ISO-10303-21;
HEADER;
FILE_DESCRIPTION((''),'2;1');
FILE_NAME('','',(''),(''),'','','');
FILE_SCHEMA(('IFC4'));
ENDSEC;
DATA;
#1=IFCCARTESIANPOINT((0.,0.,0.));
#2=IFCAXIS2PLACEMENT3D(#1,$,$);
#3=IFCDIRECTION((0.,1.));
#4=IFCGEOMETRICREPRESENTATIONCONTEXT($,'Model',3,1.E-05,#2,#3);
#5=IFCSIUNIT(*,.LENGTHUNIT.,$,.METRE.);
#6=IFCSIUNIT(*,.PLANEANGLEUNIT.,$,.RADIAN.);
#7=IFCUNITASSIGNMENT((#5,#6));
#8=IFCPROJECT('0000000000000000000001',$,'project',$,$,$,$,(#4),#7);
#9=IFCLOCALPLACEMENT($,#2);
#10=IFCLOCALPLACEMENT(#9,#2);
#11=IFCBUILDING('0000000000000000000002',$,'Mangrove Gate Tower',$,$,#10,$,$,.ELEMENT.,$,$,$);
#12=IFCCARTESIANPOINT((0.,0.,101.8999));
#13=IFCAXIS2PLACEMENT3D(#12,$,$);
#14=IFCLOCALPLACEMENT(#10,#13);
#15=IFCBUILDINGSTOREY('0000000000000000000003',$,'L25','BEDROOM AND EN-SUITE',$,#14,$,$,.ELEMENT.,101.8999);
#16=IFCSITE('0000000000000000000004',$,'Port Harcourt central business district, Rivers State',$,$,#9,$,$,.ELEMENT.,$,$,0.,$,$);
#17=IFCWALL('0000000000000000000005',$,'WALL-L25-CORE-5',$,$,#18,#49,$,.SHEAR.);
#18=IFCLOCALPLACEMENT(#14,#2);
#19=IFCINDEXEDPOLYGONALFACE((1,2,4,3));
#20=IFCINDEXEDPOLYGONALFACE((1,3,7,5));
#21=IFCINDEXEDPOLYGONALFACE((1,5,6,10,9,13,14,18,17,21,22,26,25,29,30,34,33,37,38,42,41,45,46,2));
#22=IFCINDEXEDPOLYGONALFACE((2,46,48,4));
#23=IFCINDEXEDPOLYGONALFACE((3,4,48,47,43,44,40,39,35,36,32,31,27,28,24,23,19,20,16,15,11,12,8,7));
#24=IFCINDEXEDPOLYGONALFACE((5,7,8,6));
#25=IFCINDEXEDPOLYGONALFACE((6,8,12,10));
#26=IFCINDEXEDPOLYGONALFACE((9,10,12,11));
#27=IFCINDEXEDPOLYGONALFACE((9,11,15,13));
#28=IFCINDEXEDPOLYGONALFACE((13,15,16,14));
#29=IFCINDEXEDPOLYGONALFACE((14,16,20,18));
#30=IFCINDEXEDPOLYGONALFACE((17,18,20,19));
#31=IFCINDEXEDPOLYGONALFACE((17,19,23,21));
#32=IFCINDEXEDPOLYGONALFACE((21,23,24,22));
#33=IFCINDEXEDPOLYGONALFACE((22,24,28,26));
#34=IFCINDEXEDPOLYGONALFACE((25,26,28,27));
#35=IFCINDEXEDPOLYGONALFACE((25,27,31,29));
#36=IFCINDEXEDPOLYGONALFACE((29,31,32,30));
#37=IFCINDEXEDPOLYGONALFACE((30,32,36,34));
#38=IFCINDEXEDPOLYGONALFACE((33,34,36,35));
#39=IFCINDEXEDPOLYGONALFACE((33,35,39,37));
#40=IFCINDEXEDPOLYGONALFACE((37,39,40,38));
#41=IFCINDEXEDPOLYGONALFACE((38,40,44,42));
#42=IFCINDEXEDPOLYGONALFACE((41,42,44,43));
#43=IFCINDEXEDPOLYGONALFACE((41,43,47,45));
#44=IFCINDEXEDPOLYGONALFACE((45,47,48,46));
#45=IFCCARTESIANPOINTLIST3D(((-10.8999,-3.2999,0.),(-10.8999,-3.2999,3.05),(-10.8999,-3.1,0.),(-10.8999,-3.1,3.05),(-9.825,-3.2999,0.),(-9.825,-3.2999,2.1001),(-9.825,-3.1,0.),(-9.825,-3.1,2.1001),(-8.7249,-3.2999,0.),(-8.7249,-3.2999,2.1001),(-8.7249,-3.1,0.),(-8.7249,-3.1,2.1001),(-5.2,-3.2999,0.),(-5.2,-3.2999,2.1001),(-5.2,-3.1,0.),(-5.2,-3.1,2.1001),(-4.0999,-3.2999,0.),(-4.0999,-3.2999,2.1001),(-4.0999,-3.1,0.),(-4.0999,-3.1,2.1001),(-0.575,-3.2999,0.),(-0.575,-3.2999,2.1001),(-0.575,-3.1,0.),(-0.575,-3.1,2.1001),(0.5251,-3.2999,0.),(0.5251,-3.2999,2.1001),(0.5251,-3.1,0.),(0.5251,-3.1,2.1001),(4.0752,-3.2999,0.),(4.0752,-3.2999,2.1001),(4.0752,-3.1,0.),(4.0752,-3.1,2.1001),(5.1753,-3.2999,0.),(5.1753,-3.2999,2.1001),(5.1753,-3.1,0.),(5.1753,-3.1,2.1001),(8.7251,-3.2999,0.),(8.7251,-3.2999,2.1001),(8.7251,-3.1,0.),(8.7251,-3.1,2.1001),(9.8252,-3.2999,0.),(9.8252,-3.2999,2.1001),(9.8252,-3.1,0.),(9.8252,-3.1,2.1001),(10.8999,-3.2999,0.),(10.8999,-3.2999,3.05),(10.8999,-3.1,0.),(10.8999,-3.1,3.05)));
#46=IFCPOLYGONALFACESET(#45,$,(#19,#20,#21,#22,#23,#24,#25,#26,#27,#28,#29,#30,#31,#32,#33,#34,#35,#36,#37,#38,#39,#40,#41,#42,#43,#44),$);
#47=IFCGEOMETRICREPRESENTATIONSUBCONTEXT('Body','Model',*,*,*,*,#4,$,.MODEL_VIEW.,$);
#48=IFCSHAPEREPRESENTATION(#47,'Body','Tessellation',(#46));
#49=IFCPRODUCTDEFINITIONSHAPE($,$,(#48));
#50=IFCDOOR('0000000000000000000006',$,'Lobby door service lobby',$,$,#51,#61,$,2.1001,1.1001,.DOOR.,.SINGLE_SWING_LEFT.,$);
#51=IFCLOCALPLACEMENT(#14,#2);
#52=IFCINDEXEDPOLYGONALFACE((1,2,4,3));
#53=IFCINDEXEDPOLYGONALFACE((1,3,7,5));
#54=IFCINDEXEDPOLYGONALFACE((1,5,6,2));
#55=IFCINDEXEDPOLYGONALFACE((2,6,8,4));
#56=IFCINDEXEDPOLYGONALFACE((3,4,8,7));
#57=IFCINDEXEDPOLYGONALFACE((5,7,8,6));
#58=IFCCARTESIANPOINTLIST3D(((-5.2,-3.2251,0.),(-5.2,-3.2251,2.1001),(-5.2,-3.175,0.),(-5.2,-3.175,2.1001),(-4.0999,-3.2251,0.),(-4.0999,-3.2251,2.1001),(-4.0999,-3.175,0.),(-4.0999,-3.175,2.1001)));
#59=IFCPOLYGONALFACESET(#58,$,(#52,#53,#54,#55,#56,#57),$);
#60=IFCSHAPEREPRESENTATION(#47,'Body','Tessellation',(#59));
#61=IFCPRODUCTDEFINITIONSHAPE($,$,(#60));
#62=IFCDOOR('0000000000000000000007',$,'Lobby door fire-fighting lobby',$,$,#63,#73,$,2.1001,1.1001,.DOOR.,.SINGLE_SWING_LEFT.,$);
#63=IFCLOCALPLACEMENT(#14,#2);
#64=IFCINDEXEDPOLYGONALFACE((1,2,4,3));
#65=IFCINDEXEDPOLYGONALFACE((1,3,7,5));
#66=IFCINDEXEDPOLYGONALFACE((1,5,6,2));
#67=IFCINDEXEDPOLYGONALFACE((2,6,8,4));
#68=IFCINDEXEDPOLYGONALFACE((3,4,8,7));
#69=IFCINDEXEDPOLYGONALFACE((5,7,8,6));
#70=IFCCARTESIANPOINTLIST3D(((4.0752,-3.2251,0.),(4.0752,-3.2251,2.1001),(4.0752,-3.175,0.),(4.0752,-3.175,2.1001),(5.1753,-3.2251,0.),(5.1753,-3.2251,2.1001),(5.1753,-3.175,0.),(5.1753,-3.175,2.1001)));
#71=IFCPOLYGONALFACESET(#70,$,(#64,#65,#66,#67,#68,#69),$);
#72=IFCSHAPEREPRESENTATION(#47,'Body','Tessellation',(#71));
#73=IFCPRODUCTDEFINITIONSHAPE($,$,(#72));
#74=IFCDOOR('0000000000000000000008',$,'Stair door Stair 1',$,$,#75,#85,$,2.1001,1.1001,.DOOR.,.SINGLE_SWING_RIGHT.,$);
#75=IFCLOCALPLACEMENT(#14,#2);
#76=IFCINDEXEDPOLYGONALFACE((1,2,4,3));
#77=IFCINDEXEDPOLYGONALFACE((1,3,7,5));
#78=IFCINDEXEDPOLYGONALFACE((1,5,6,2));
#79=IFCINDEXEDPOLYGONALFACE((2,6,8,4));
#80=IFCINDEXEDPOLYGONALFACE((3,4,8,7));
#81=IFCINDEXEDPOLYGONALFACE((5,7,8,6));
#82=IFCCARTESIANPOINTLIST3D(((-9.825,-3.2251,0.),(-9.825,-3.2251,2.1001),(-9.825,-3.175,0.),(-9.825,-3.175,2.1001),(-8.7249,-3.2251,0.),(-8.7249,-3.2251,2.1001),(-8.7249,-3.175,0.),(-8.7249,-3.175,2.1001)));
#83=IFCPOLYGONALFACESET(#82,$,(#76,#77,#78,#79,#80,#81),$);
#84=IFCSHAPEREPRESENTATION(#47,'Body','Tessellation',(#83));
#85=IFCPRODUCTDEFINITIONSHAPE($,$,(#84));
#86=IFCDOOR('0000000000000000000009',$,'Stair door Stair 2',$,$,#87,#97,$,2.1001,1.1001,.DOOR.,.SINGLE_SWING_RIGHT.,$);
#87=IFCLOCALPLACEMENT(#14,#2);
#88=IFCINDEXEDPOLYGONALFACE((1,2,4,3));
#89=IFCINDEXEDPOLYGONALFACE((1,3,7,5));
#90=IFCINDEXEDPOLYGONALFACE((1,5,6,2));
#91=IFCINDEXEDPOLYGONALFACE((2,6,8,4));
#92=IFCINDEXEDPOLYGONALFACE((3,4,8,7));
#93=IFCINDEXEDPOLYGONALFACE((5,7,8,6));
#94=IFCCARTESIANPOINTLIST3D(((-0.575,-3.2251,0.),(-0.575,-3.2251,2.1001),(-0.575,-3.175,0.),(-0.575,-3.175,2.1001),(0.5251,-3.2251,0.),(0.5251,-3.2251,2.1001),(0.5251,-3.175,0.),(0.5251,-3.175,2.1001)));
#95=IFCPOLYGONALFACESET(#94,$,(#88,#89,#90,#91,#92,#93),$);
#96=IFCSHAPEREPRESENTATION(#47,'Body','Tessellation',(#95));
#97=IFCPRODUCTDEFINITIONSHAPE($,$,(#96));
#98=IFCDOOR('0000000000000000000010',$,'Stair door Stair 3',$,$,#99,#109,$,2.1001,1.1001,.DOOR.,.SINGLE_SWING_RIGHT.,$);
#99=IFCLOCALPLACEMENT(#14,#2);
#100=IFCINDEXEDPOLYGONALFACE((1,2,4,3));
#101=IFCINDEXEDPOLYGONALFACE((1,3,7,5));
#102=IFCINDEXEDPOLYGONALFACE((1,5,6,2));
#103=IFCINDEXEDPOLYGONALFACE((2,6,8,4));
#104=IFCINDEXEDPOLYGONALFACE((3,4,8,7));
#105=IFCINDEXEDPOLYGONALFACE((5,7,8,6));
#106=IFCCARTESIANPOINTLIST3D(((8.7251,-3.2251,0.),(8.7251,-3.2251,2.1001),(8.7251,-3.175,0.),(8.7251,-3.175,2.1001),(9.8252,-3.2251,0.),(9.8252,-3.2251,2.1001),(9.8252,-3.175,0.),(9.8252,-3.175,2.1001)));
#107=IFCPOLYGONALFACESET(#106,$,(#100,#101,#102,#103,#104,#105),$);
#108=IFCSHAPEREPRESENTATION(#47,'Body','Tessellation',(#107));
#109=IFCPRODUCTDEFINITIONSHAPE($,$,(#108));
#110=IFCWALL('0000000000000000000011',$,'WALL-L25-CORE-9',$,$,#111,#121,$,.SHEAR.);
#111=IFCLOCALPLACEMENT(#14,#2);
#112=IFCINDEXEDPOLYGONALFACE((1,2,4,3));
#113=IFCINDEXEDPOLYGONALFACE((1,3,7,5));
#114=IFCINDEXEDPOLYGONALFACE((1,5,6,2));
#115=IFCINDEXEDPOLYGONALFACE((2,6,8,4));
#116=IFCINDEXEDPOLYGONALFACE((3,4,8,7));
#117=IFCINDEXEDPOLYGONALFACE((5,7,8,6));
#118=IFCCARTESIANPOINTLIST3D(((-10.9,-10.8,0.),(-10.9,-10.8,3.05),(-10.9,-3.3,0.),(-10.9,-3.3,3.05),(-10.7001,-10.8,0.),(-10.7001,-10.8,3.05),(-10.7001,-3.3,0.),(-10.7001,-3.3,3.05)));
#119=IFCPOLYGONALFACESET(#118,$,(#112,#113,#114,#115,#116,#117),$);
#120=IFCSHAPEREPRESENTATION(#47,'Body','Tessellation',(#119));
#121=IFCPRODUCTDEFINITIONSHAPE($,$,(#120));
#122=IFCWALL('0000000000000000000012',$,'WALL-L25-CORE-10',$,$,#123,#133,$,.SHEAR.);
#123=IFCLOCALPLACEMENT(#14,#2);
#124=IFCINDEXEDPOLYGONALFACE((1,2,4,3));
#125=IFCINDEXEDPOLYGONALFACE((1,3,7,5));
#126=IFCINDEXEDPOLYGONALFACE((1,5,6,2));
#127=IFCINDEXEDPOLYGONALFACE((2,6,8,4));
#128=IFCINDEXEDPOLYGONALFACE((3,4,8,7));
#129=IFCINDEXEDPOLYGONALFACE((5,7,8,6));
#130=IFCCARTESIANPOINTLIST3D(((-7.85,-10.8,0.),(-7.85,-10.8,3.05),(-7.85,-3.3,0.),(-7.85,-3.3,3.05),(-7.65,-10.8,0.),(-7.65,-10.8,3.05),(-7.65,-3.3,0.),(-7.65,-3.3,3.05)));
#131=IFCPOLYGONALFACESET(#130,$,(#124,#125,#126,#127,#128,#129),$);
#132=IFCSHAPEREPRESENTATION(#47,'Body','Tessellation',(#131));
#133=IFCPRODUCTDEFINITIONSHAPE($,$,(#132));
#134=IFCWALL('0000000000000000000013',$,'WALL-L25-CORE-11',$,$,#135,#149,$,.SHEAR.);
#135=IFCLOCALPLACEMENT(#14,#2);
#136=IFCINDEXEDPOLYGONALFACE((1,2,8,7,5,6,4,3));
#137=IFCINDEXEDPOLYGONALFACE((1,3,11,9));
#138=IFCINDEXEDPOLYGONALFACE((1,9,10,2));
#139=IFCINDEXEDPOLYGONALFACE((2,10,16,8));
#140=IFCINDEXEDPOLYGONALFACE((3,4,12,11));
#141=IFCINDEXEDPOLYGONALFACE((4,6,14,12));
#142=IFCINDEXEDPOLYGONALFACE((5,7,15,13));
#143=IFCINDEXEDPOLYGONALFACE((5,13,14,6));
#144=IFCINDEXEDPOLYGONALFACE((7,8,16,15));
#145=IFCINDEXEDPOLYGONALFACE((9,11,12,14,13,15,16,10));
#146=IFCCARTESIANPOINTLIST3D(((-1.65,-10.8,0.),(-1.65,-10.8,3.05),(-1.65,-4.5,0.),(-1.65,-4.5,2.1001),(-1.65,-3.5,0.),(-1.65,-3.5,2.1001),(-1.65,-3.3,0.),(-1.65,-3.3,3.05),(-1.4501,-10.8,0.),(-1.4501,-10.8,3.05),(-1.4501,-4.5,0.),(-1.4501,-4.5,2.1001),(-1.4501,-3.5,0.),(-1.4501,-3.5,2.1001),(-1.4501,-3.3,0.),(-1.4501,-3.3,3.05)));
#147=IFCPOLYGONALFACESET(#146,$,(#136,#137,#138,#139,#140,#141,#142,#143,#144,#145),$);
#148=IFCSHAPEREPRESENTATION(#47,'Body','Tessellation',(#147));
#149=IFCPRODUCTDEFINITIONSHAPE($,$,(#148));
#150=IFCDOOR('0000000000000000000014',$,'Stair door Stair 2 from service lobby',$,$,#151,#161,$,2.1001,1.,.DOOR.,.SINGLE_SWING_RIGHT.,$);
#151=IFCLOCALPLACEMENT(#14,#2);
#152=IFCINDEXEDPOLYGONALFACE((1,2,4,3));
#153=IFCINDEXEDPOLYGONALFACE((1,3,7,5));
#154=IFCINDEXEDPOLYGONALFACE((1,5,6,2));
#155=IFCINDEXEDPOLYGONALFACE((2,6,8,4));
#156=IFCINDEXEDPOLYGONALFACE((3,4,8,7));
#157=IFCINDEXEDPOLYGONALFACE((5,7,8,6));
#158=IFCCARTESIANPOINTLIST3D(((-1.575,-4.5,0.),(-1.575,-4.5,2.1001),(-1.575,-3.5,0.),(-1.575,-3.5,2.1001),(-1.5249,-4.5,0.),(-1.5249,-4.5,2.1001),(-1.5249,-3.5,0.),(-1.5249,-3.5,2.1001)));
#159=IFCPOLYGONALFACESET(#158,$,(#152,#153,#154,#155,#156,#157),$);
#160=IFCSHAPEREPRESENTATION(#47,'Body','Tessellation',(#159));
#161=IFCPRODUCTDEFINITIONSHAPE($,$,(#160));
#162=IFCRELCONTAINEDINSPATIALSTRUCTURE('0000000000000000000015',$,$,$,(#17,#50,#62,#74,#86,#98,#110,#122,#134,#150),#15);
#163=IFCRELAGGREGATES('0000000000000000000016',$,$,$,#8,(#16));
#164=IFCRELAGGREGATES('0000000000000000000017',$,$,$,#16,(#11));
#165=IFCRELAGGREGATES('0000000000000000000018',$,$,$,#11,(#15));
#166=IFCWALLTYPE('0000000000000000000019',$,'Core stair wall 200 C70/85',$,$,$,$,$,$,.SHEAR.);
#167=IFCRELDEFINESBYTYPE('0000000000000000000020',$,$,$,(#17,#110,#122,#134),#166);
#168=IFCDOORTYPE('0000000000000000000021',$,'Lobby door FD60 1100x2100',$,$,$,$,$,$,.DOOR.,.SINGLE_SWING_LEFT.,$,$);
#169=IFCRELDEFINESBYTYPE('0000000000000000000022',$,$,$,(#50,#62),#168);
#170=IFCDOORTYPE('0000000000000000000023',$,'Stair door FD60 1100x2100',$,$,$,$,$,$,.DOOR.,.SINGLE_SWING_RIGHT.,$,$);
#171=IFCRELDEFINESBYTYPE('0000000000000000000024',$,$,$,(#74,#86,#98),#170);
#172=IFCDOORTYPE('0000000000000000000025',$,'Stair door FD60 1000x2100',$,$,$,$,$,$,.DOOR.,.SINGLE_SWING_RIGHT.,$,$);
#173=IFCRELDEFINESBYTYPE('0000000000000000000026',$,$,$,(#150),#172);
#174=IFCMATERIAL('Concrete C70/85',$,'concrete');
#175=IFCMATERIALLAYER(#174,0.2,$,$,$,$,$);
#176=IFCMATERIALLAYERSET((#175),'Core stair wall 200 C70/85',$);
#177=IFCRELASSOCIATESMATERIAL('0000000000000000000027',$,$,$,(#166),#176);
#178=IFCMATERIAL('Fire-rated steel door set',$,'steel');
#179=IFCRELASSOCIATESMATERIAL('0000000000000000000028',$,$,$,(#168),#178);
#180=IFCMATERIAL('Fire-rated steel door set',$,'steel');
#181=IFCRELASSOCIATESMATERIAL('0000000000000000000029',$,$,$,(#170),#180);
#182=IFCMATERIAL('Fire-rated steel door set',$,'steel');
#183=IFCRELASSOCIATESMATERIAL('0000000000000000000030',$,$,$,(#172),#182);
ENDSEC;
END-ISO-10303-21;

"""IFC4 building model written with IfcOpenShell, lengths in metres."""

from ifc_helpers import new_model, si_unit, direction, frame, frame_2d, origin, place, context, subcontext, project, spatial, rectangle, extrude, material, layer, layer_set, type_object, element, fill, save


model = new_model("IFC4")

# Units and contexts
model_context = context("Model", 3, precision=1e-05, world=origin(), true_north=direction((0.0, 1.0)))
body_context = subcontext(model_context, "Body", "Model", "MODEL_VIEW")
ifc_project = project(units=[si_unit("LENGTHUNIT", "METRE"), si_unit("PLANEANGLEUNIT", "RADIAN")], contexts=[model_context])

# Site, building, storey
site_placement = place(None, origin())
site = spatial("IfcSite", under=ifc_project, at=site_placement, Name="Port Harcourt central business district, Rivers State", CompositionType="ELEMENT", RefElevation=0.0)
building_placement = place(site_placement, origin())
building = spatial("IfcBuilding", under=site, at=building_placement, Name="Mangrove Gate Tower", CompositionType="ELEMENT")
storey_placement = place(building_placement, frame((0.0, 0.0, 101.8999)))
storey = spatial("IfcBuildingStorey", under=building, at=storey_placement, Name="L25", Description="BEDROOM AND EN-SUITE", CompositionType="ELEMENT", Elevation=101.8999)

# Wall, openings, doors
ifc_material_1 = material(Name="Concrete C70/85", Category="concrete")
ifc_layer_1 = layer(ifc_material_1, 0.2)
ifc_layer_set_1 = layer_set([ifc_layer_1], Name="Core stair wall 200 C70/85")
wall_type_1 = type_object("IfcWallType", Name="Core stair wall 200 C70/85", PredefinedType="SHEAR", material=ifc_layer_set_1)
wall_1_placement = place(storey_placement, frame((-10.8999, -3.2, 0.0), z_axis=(0.0, 0.0, 1.0), x_axis=(1.0, 0.0, 0.0)))
wall_1 = element("IfcWall", 1, at=wall_1_placement, inside=storey, type_object=wall_type_1, Name="WALL-L25-CORE-5", PredefinedType="SHEAR", context=body_context, shape_type="SweptSolid", body=[
    extrude(rectangle(XDim=21.7998, YDim=0.2, at=frame_2d((10.8999, 0.0))), origin(), (0.0, 0.0, 1.0), 3.05),
])
opening_1_placement = place(wall_1_placement, frame((1.075, 0.0, 0.0)))
opening_1 = element("IfcOpeningElement", 2, at=opening_1_placement, cuts=wall_1, PredefinedType="OPENING", context=body_context, shape_type="SweptSolid", body=[
    extrude(rectangle(XDim=1.1001, YDim=2.1001, at=frame_2d((0.55, 1.05))), frame((0.0, 0.1099, 0.0), z_axis=(0.0, -1.0, 0.0), x_axis=(1.0, 0.0, 0.0)), (0.0, 0.0, 1.0), 0.22),
])
opening_2_placement = place(wall_1_placement, frame((10.325, 0.0, 0.0)))
opening_2 = element("IfcOpeningElement", 3, at=opening_2_placement, cuts=wall_1, PredefinedType="OPENING", context=body_context, shape_type="SweptSolid", body=[
    extrude(rectangle(XDim=1.1001, YDim=2.1001, at=frame_2d((0.55, 1.05))), frame((0.0, 0.1099, 0.0), z_axis=(0.0, -1.0, 0.0), x_axis=(1.0, 0.0, 0.0)), (0.0, 0.0, 1.0), 0.22),
])
opening_3_placement = place(wall_1_placement, frame((19.625, 0.0, 0.0)))
opening_3 = element("IfcOpeningElement", 4, at=opening_3_placement, cuts=wall_1, PredefinedType="OPENING", context=body_context, shape_type="SweptSolid", body=[
    extrude(rectangle(XDim=1.1001, YDim=2.1001, at=frame_2d((0.55, 1.05))), frame((0.0, 0.1099, 0.0), z_axis=(0.0, -1.0, 0.0), x_axis=(1.0, 0.0, 0.0)), (0.0, 0.0, 1.0), 0.22),
])
opening_4_placement = place(wall_1_placement, frame((5.7, 0.0, 0.0)))
opening_4 = element("IfcOpeningElement", 5, at=opening_4_placement, cuts=wall_1, PredefinedType="OPENING", context=body_context, shape_type="SweptSolid", body=[
    extrude(rectangle(XDim=1.1001, YDim=2.1001, at=frame_2d((0.55, 1.05))), frame((0.0, 0.1099, 0.0), z_axis=(0.0, -1.0, 0.0), x_axis=(1.0, 0.0, 0.0)), (0.0, 0.0, 1.0), 0.22),
])
opening_5_placement = place(wall_1_placement, frame((14.9751, 0.0, 0.0)))
opening_5 = element("IfcOpeningElement", 6, at=opening_5_placement, cuts=wall_1, PredefinedType="OPENING", context=body_context, shape_type="SweptSolid", body=[
    extrude(rectangle(XDim=1.1001, YDim=2.1001, at=frame_2d((0.55, 1.05))), frame((0.0, 0.1099, 0.0), z_axis=(0.0, -1.0, 0.0), x_axis=(1.0, 0.0, 0.0)), (0.0, 0.0, 1.0), 0.22),
])
ifc_material_2 = material(Name="Fire-rated steel door set", Category="steel")
door_type_1 = type_object("IfcDoorType", Name="Lobby door FD60 1100x2100", OperationType="SINGLE_SWING_LEFT", PredefinedType="DOOR", material=ifc_material_2)
door_1_placement = place(opening_4_placement, origin())
door_1 = element("IfcDoor", 7, at=door_1_placement, inside=storey, type_object=door_type_1, Name="Lobby door service lobby", OperationType="SINGLE_SWING_LEFT", OverallHeight=2.1001, OverallWidth=1.1001, PredefinedType="DOOR", context=body_context, shape_type="SweptSolid", body=[
    extrude(rectangle(XDim=1.1001, YDim=2.1001, at=frame_2d((0.55, 1.05))), frame((0.0, 0.0249, 0.0), z_axis=(0.0, -1.0, 0.0), x_axis=(1.0, 0.0, 0.0)), (0.0, 0.0, 1.0), 0.05),
])
fill(opening_4, door_1)
door_2_placement = place(opening_5_placement, origin())
door_2 = element("IfcDoor", 8, at=door_2_placement, inside=storey, type_object=door_type_1, Name="Lobby door fire-fighting lobby", OperationType="SINGLE_SWING_LEFT", OverallHeight=2.1001, OverallWidth=1.1001, PredefinedType="DOOR", context=body_context, shape_type="SweptSolid", body=[
    extrude(rectangle(XDim=1.1001, YDim=2.1001, at=frame_2d((0.55, 1.05))), frame((0.0, 0.0249, 0.0), z_axis=(0.0, -1.0, 0.0), x_axis=(1.0, 0.0, 0.0)), (0.0, 0.0, 1.0), 0.05),
])
fill(opening_5, door_2)
ifc_material_3 = material(Name="Fire-rated steel door set", Category="steel")
door_type_2 = type_object("IfcDoorType", Name="Stair door FD60 1100x2100", OperationType="SINGLE_SWING_RIGHT", PredefinedType="DOOR", material=ifc_material_3)
door_3_placement = place(opening_1_placement, origin())
door_3 = element("IfcDoor", 9, at=door_3_placement, inside=storey, type_object=door_type_2, Name="Stair door Stair 1", OperationType="SINGLE_SWING_RIGHT", OverallHeight=2.1001, OverallWidth=1.1001, PredefinedType="DOOR", context=body_context, shape_type="SweptSolid", body=[
    extrude(rectangle(XDim=1.1001, YDim=2.1001, at=frame_2d((0.55, 1.05))), frame((0.0, 0.0249, 0.0), z_axis=(0.0, -1.0, 0.0), x_axis=(1.0, 0.0, 0.0)), (0.0, 0.0, 1.0), 0.05),
])
fill(opening_1, door_3)
door_4_placement = place(opening_2_placement, origin())
door_4 = element("IfcDoor", 10, at=door_4_placement, inside=storey, type_object=door_type_2, Name="Stair door Stair 2", OperationType="SINGLE_SWING_RIGHT", OverallHeight=2.1001, OverallWidth=1.1001, PredefinedType="DOOR", context=body_context, shape_type="SweptSolid", body=[
    extrude(rectangle(XDim=1.1001, YDim=2.1001, at=frame_2d((0.55, 1.05))), frame((0.0, 0.0249, 0.0), z_axis=(0.0, -1.0, 0.0), x_axis=(1.0, 0.0, 0.0)), (0.0, 0.0, 1.0), 0.05),
])
fill(opening_2, door_4)
door_5_placement = place(opening_3_placement, origin())
door_5 = element("IfcDoor", 11, at=door_5_placement, inside=storey, type_object=door_type_2, Name="Stair door Stair 3", OperationType="SINGLE_SWING_RIGHT", OverallHeight=2.1001, OverallWidth=1.1001, PredefinedType="DOOR", context=body_context, shape_type="SweptSolid", body=[
    extrude(rectangle(XDim=1.1001, YDim=2.1001, at=frame_2d((0.55, 1.05))), frame((0.0, 0.0249, 0.0), z_axis=(0.0, -1.0, 0.0), x_axis=(1.0, 0.0, 0.0)), (0.0, 0.0, 1.0), 0.05),
])
fill(opening_3, door_5)

# Walls
for number, where, z_axis, x_axis, name in (
    (12, (-10.8, -10.8, 0.0), (0.0, 0.0, 1.0), (0.0, 1.0, 0.0), "WALL-L25-CORE-9"),
    (13, (-7.75, -10.8, 0.0), (0.0, 0.0, 1.0), (0.0, 1.0, 0.0), "WALL-L25-CORE-10"),
):
    element("IfcWall", number, at=place(storey_placement, frame(where, z_axis=z_axis, x_axis=x_axis)), inside=storey, type_object=wall_type_1, Name=name, PredefinedType="SHEAR", context=body_context, shape_type="SweptSolid", body=[
        extrude(rectangle(XDim=7.5, YDim=0.2, at=frame_2d((3.75, 0.0))), origin(), (0.0, 0.0, 1.0), 3.05),
    ])

# Wall, opening, door
wall_2_placement = place(storey_placement, frame((-1.55, -10.8, 0.0), z_axis=(0.0, 0.0, 1.0), x_axis=(0.0, 1.0, 0.0)))
wall_2 = element("IfcWall", 14, at=wall_2_placement, inside=storey, type_object=wall_type_1, Name="WALL-L25-CORE-11", PredefinedType="SHEAR", context=body_context, shape_type="SweptSolid", body=[
    extrude(rectangle(XDim=7.5, YDim=0.2, at=frame_2d((3.75, 0.0))), origin(), (0.0, 0.0, 1.0), 3.05),
])
opening_6_placement = place(wall_2_placement, frame((6.3, 0.0, 0.0)))
opening_6 = element("IfcOpeningElement", 15, at=opening_6_placement, cuts=wall_2, PredefinedType="OPENING", context=body_context, shape_type="SweptSolid", body=[
    extrude(rectangle(XDim=1.0, YDim=2.1001, at=frame_2d((0.5, 1.05))), frame((0.0, 0.1099, 0.0), z_axis=(0.0, -1.0, 0.0), x_axis=(1.0, 0.0, 0.0)), (0.0, 0.0, 1.0), 0.22),
])
ifc_material_4 = material(Name="Fire-rated steel door set", Category="steel")
door_type_3 = type_object("IfcDoorType", Name="Stair door FD60 1000x2100", OperationType="SINGLE_SWING_RIGHT", PredefinedType="DOOR", material=ifc_material_4)
door_6_placement = place(opening_6_placement, origin())
door_6 = element("IfcDoor", 16, at=door_6_placement, inside=storey, type_object=door_type_3, Name="Stair door Stair 2 from service lobby", OperationType="SINGLE_SWING_RIGHT", OverallHeight=2.1001, OverallWidth=1.0, PredefinedType="DOOR", context=body_context, shape_type="SweptSolid", body=[
    extrude(rectangle(XDim=1.0, YDim=2.1001, at=frame_2d((0.5, 1.05))), frame((0.0, 0.0249, 0.0), z_axis=(0.0, -1.0, 0.0), x_axis=(1.0, 0.0, 0.0)), (0.0, 0.0, 1.0), 0.05),
])
fill(opening_6, door_6)

save(model, "model.ifc")
